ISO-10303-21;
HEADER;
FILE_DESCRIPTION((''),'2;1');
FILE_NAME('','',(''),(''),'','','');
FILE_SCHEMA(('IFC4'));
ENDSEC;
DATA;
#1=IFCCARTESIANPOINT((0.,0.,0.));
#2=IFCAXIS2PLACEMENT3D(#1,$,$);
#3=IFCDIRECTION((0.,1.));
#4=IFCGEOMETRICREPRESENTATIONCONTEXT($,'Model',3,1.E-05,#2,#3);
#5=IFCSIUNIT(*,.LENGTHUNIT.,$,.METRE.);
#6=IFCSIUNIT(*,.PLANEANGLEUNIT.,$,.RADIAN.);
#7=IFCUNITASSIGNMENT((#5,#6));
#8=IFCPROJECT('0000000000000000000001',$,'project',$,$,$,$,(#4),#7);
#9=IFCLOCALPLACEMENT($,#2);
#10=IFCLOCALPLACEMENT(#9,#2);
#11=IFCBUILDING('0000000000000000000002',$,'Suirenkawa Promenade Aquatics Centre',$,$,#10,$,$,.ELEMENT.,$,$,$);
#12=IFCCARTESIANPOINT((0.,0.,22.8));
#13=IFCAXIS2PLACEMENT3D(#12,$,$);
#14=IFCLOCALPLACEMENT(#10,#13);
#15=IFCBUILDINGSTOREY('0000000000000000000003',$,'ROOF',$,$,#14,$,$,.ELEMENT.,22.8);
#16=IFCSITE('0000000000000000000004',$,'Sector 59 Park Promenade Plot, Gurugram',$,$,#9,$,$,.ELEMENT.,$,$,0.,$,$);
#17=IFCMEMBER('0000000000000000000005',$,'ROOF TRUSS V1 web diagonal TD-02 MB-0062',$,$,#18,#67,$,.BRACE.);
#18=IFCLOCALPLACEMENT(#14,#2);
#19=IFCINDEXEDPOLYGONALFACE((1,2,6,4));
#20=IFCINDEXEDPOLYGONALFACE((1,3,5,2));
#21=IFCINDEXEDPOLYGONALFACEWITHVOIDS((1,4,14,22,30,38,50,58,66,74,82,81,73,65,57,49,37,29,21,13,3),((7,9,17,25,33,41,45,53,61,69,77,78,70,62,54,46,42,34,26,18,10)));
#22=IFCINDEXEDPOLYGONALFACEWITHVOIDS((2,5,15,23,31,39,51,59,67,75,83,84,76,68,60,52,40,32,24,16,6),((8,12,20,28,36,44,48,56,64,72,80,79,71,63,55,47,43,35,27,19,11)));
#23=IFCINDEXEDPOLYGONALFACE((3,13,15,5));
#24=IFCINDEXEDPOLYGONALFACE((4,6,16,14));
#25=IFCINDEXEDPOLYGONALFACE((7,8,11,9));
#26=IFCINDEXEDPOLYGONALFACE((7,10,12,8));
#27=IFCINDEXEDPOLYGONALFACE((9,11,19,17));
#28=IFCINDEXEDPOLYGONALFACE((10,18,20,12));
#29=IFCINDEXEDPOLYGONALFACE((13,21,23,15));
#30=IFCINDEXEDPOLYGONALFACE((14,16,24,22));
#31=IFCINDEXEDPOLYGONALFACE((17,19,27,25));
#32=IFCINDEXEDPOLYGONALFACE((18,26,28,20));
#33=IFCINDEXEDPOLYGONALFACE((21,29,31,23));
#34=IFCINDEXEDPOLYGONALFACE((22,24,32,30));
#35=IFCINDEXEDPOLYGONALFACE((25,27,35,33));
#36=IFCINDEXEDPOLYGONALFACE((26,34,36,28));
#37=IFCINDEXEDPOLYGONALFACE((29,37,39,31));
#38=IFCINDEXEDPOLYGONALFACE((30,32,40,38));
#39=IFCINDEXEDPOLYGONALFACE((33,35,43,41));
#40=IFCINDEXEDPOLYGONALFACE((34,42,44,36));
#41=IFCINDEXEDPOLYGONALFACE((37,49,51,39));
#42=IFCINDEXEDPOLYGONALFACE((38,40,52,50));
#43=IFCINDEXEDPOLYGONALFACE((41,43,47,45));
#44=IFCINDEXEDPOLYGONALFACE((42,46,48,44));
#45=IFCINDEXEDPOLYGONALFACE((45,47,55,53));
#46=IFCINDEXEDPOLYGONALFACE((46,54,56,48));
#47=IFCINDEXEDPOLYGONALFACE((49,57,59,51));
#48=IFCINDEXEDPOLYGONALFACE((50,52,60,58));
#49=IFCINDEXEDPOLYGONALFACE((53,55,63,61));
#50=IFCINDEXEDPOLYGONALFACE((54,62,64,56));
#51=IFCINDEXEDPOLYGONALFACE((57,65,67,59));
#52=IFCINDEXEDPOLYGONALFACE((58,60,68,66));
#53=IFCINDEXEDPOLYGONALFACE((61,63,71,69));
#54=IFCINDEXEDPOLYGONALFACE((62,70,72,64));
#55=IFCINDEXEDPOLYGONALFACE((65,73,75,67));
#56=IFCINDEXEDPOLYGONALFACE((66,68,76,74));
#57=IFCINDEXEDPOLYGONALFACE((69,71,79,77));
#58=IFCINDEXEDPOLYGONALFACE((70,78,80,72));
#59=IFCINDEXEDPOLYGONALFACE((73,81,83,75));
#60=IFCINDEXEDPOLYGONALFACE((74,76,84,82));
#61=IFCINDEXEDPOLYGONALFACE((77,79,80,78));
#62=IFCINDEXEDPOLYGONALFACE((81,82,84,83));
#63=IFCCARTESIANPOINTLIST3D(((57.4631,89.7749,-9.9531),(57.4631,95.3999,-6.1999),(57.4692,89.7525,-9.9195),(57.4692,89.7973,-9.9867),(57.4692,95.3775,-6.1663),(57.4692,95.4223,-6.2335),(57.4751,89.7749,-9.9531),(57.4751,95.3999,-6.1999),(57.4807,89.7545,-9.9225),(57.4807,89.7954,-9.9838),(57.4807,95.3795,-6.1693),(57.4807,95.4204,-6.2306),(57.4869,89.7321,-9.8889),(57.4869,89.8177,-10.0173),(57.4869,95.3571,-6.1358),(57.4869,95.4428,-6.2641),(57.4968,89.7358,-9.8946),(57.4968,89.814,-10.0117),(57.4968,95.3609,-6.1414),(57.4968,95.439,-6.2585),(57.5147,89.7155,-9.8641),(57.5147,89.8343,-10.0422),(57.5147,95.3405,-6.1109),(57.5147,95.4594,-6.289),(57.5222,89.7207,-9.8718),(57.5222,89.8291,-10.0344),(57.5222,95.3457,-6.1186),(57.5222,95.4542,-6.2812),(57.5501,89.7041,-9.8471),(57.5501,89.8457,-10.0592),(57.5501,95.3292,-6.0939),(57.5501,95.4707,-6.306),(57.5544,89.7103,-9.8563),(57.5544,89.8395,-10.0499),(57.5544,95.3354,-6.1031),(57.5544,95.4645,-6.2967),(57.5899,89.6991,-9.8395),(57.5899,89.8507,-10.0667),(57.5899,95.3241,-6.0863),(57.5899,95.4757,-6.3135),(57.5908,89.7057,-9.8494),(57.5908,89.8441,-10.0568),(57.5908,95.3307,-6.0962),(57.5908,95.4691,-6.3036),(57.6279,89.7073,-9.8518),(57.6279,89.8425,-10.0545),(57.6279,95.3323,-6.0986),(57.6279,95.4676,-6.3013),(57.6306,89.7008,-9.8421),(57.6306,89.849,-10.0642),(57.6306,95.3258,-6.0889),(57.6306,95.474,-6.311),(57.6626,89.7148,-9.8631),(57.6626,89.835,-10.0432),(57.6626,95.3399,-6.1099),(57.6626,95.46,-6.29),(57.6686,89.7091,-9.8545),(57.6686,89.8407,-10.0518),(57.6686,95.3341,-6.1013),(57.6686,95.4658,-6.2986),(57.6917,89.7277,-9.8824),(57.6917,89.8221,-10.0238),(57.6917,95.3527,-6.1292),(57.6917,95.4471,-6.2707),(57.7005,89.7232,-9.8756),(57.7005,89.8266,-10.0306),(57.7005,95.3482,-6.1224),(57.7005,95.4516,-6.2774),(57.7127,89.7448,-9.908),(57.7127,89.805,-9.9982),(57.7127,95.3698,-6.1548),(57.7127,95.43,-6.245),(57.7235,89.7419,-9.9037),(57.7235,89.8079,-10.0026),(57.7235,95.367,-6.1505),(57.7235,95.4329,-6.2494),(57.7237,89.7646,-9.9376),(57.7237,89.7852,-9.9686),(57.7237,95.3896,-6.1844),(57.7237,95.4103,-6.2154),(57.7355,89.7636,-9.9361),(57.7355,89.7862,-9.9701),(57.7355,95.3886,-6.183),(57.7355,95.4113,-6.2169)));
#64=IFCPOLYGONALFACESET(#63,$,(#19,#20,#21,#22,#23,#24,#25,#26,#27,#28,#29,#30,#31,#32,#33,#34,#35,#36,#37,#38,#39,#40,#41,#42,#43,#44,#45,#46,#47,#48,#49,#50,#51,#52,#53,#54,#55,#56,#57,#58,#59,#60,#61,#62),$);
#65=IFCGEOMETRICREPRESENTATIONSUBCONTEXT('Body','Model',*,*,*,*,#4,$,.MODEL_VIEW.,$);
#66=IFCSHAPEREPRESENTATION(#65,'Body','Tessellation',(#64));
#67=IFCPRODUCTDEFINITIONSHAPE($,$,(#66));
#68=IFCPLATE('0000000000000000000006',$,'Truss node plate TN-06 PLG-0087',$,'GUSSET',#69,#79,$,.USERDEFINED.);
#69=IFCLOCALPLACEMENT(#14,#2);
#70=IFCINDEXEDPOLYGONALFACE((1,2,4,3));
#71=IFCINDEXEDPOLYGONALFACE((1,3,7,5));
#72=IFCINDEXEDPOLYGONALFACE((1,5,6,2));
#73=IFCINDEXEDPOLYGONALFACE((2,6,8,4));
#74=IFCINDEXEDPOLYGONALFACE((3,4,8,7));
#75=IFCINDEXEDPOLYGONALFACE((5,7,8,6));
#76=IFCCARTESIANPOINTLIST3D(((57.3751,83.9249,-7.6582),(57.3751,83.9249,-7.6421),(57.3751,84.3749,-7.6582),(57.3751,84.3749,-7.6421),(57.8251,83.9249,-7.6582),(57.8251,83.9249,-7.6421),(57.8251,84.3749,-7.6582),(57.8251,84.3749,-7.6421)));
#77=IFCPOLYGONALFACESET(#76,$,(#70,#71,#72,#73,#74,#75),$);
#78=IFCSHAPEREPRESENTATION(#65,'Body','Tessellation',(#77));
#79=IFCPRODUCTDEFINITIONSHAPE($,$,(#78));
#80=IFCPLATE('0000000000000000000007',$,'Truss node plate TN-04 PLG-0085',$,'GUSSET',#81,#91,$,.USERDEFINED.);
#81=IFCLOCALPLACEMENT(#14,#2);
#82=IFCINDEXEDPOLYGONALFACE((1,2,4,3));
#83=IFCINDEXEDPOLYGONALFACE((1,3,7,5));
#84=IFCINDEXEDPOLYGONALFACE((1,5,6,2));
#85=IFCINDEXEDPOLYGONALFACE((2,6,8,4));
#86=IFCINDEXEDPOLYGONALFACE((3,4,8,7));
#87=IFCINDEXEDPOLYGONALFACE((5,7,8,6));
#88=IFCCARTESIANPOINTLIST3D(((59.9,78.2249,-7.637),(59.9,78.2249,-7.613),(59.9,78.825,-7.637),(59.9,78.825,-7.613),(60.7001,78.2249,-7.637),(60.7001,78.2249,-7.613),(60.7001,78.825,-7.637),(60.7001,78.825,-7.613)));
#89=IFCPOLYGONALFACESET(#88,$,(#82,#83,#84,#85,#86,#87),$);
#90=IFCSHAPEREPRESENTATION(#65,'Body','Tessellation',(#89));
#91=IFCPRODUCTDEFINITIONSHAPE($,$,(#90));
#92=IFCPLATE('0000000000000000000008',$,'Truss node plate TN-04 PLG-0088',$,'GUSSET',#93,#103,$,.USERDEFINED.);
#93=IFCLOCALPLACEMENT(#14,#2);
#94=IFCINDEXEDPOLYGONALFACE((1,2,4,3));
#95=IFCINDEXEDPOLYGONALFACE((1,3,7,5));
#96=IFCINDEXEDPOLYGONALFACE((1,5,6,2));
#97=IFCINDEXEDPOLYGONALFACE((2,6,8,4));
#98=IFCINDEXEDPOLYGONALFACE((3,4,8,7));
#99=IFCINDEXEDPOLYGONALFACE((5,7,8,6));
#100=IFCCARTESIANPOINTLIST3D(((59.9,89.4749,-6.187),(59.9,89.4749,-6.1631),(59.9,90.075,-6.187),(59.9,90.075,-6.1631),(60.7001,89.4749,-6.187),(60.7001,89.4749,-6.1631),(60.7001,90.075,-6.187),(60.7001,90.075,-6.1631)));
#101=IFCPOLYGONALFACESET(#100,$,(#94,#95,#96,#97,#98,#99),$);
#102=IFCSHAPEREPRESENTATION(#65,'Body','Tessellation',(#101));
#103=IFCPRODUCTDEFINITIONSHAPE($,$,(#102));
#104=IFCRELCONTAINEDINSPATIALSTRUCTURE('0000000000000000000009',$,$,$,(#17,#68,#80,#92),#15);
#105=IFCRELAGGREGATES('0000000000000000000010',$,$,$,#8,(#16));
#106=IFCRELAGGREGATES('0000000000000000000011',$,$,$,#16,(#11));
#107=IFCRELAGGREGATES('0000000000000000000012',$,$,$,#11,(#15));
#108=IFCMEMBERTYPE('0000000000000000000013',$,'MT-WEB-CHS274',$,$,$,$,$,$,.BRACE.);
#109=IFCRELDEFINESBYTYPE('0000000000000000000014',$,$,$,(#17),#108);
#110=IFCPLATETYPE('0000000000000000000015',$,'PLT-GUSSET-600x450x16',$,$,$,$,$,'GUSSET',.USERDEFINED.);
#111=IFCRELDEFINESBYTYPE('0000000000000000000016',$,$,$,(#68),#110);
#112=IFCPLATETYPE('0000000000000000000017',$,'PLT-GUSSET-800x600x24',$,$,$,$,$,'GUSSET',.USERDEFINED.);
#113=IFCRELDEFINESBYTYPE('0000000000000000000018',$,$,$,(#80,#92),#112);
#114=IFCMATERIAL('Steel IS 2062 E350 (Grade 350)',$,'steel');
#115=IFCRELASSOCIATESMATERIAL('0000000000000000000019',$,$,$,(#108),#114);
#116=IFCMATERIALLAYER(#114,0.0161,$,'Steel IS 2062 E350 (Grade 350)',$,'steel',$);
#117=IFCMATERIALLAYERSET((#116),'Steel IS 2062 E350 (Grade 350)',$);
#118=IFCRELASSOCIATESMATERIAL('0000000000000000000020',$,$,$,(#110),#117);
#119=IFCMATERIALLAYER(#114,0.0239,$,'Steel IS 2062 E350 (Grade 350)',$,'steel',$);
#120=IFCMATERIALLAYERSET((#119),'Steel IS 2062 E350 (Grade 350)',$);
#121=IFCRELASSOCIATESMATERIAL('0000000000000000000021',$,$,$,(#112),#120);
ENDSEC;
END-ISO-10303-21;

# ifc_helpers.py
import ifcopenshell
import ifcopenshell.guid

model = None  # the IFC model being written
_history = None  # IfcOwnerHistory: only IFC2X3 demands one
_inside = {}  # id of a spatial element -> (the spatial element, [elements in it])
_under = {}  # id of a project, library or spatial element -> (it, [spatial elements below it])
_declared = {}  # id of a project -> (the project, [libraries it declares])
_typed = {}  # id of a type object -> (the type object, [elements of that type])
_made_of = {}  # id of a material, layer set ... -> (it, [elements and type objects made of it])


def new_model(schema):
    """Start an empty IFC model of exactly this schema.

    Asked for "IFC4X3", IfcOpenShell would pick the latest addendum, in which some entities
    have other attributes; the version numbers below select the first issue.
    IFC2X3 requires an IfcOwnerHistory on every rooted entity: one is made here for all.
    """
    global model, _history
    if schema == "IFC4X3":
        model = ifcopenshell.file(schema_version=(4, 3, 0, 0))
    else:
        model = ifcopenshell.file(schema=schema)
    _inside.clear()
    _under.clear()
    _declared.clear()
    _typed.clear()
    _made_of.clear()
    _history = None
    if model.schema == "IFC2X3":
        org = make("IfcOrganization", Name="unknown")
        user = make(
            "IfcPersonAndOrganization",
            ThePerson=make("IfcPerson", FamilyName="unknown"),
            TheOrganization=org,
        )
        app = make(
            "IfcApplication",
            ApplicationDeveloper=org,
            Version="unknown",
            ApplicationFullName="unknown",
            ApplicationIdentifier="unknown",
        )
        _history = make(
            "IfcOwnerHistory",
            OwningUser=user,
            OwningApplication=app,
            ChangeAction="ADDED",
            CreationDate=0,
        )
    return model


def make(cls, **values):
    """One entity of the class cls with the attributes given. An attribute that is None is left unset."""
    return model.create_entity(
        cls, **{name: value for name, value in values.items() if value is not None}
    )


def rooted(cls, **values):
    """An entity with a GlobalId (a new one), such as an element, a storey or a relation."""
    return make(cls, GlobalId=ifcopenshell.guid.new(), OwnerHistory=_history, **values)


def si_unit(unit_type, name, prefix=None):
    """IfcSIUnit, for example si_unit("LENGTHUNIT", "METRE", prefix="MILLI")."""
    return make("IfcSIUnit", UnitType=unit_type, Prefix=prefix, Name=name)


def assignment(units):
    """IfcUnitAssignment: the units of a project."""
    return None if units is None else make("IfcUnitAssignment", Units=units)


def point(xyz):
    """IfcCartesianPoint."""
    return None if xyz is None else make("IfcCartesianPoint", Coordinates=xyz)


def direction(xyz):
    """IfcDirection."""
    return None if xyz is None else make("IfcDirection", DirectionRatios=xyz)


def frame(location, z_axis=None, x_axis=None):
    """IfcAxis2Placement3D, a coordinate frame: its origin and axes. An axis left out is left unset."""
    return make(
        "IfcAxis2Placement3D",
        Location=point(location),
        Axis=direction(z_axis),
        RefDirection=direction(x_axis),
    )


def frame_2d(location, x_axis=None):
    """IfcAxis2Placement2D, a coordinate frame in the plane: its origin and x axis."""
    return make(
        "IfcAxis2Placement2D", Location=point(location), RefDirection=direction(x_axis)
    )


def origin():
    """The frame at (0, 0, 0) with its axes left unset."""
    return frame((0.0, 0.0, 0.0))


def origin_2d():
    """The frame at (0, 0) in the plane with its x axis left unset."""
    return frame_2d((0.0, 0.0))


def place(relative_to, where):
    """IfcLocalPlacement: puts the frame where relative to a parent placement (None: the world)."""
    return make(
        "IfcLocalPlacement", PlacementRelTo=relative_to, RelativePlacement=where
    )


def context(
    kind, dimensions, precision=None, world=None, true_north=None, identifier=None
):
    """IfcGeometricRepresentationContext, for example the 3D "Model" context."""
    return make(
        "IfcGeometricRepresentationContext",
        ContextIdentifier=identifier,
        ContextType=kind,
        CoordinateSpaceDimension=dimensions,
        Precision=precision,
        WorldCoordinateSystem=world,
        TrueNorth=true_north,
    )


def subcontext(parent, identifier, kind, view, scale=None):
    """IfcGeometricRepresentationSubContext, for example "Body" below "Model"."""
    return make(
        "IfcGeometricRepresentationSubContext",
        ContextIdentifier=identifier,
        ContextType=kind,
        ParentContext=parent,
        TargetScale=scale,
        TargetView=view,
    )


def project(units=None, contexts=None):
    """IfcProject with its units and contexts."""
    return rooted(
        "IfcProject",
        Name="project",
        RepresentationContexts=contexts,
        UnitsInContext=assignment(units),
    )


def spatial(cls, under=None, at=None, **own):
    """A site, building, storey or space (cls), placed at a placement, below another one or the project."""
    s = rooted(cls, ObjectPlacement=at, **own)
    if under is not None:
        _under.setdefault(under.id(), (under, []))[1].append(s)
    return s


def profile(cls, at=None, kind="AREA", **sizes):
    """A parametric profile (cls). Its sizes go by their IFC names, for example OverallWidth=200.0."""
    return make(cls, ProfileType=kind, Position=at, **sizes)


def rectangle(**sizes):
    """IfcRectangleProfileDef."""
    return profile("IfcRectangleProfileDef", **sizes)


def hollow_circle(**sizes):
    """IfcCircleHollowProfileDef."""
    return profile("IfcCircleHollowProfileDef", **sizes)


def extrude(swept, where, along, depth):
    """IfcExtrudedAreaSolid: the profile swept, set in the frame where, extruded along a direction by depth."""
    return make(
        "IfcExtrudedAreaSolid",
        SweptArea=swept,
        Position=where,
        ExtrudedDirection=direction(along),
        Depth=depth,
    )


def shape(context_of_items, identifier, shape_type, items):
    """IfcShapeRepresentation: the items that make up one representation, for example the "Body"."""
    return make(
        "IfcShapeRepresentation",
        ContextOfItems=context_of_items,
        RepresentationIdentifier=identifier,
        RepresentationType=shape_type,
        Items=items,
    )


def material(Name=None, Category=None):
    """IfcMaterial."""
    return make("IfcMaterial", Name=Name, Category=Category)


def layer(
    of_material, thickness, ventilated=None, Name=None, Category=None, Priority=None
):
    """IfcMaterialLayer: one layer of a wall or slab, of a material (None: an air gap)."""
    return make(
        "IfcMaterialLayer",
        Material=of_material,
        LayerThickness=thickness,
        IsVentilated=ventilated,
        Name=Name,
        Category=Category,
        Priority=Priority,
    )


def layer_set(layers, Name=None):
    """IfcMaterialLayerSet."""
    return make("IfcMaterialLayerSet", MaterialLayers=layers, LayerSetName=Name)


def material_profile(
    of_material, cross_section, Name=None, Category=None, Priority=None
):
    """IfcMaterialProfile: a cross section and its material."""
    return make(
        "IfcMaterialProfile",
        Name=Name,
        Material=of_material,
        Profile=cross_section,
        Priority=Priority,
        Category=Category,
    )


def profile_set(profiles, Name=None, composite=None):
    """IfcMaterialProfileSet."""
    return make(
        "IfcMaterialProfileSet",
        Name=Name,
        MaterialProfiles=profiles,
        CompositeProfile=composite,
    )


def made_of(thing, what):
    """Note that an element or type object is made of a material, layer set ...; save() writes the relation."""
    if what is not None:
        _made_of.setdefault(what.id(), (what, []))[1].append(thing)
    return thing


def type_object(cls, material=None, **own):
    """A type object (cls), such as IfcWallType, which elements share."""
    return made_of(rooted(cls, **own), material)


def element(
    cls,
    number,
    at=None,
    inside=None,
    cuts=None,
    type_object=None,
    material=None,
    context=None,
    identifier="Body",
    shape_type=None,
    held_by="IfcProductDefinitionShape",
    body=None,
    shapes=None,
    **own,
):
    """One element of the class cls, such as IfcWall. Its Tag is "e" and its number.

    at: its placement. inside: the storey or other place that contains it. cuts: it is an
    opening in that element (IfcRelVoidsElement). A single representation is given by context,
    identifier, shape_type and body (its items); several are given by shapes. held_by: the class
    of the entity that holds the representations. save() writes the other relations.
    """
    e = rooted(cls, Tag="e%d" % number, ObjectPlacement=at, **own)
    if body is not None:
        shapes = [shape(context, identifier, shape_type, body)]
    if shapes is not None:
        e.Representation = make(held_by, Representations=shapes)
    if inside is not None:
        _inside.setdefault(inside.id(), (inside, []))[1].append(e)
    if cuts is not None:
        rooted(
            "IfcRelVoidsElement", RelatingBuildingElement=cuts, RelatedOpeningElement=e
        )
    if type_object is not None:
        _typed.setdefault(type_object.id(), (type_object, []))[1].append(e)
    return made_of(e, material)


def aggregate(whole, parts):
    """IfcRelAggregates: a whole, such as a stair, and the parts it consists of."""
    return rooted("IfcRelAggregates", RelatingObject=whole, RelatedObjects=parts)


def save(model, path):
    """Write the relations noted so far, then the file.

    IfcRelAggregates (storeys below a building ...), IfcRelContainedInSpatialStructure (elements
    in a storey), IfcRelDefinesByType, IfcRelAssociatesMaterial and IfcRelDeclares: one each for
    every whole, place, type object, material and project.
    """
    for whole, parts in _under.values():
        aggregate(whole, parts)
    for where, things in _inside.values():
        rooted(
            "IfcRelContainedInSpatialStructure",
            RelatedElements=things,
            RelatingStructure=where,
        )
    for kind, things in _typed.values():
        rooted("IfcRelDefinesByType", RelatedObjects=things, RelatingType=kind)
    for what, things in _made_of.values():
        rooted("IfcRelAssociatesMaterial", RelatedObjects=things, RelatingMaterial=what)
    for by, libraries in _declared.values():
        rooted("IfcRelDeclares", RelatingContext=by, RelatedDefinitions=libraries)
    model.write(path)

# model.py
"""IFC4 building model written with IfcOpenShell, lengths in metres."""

from ifc_helpers import new_model, si_unit, direction, frame, origin, origin_2d, place, context, subcontext, project, spatial, rectangle, hollow_circle, extrude, material, layer, layer_set, material_profile, profile_set, type_object, element, save


model = new_model("IFC4")

# Units and contexts
model_context = context("Model", 3, precision=1e-05, world=origin(), true_north=direction((0.0, 1.0)))
body_context = subcontext(model_context, "Body", "Model", "MODEL_VIEW")
ifc_project = project(units=[si_unit("LENGTHUNIT", "METRE"), si_unit("PLANEANGLEUNIT", "RADIAN")], contexts=[model_context])

# Site, building, storey
site_placement = place(None, origin())
site = spatial("IfcSite", under=ifc_project, at=site_placement, Name="Sector 59 Park Promenade Plot, Gurugram", CompositionType="ELEMENT", RefElevation=0.0)
building_placement = place(site_placement, origin())
building = spatial("IfcBuilding", under=site, at=building_placement, Name="Suirenkawa Promenade Aquatics Centre", CompositionType="ELEMENT")
storey_placement = place(building_placement, frame((0.0, 0.0, 22.8)))
storey = spatial("IfcBuildingStorey", under=building, at=storey_placement, Name="ROOF", CompositionType="ELEMENT", Elevation=22.8)

# Shared definitions
ifc_material = material(Name="Steel IS 2062 E350 (Grade 350)", Category="steel")

# Member
ifc_material_profile_1 = material_profile(ifc_material, hollow_circle(Radius=0.137, WallThickness=0.012, at=origin_2d()), Name="CHS 274x12", Category="steel")
ifc_profile_set_1 = profile_set([ifc_material_profile_1], Name="Steel IS 2062 E350 (Grade 350)")
member_type_1 = type_object("IfcMemberType", Name="MT-WEB-CHS274", PredefinedType="BRACE", material=ifc_profile_set_1)
member_1_placement = place(storey_placement, frame((57.6001, 89.7749, -9.9531), z_axis=(0.0, 0.831834, 0.555025), x_axis=(-1.0, 0.0, 0.0)))
element("IfcMember", 1, at=member_1_placement, inside=storey, type_object=member_type_1, Name="ROOF TRUSS V1 web diagonal TD-02 MB-0062", PredefinedType="BRACE", context=body_context, shape_type="SweptSolid", body=[
    extrude(hollow_circle(Radius=0.137, WallThickness=0.012, at=origin_2d()), origin(), (0.0, 0.0, 1.0), 6.7622),
])

# Plates
ifc_layer_1 = layer(ifc_material, 0.0161, Name="Steel IS 2062 E350 (Grade 350)", Category="steel")
ifc_layer_set_1 = layer_set([ifc_layer_1], Name="Steel IS 2062 E350 (Grade 350)")
plate_type_1 = type_object("IfcPlateType", Name="PLT-GUSSET-600x450x16", ElementType="GUSSET", PredefinedType="USERDEFINED", material=ifc_layer_set_1)
plate_placement = place(storey_placement, frame((57.6001, 84.1499, -7.6582), z_axis=(0.0, 0.0, 1.0), x_axis=(1.0, 0.0, 0.0)))
element("IfcPlate", 2, at=plate_placement, inside=storey, type_object=plate_type_1, Name="Truss node plate TN-06 PLG-0087", ObjectType="GUSSET", PredefinedType="USERDEFINED", context=body_context, shape_type="SweptSolid", body=[
    extrude(rectangle(XDim=0.45, YDim=0.45, at=origin_2d()), origin(), (0.0, 0.0, 1.0), 0.0161),
])
ifc_layer_2 = layer(ifc_material, 0.0239, Name="Steel IS 2062 E350 (Grade 350)", Category="steel")
ifc_layer_set_2 = layer_set([ifc_layer_2], Name="Steel IS 2062 E350 (Grade 350)")
plate_type_2 = type_object("IfcPlateType", Name="PLT-GUSSET-800x600x24", ElementType="GUSSET", PredefinedType="USERDEFINED", material=ifc_layer_set_2)
for number, where, z_axis, x_axis, name in (
    (3, (60.3, 78.5249, -7.637), (0.0, 0.0, 1.0), (1.0, 0.0, 0.0), "Truss node plate TN-04 PLG-0085"),
    (4, (60.3, 89.7749, -6.187), (0.0, 0.0, 1.0), (1.0, 0.0, 0.0), "Truss node plate TN-04 PLG-0088"),
):
    element("IfcPlate", number, at=place(storey_placement, frame(where, z_axis=z_axis, x_axis=x_axis)), inside=storey, type_object=plate_type_2, Name=name, ObjectType="GUSSET", PredefinedType="USERDEFINED", context=body_context, shape_type="SweptSolid", body=[
        extrude(rectangle(XDim=0.8, YDim=0.6001, at=origin_2d()), origin(), (0.0, 0.0, 1.0), 0.0239),
    ])

save(model, "model.ifc")
